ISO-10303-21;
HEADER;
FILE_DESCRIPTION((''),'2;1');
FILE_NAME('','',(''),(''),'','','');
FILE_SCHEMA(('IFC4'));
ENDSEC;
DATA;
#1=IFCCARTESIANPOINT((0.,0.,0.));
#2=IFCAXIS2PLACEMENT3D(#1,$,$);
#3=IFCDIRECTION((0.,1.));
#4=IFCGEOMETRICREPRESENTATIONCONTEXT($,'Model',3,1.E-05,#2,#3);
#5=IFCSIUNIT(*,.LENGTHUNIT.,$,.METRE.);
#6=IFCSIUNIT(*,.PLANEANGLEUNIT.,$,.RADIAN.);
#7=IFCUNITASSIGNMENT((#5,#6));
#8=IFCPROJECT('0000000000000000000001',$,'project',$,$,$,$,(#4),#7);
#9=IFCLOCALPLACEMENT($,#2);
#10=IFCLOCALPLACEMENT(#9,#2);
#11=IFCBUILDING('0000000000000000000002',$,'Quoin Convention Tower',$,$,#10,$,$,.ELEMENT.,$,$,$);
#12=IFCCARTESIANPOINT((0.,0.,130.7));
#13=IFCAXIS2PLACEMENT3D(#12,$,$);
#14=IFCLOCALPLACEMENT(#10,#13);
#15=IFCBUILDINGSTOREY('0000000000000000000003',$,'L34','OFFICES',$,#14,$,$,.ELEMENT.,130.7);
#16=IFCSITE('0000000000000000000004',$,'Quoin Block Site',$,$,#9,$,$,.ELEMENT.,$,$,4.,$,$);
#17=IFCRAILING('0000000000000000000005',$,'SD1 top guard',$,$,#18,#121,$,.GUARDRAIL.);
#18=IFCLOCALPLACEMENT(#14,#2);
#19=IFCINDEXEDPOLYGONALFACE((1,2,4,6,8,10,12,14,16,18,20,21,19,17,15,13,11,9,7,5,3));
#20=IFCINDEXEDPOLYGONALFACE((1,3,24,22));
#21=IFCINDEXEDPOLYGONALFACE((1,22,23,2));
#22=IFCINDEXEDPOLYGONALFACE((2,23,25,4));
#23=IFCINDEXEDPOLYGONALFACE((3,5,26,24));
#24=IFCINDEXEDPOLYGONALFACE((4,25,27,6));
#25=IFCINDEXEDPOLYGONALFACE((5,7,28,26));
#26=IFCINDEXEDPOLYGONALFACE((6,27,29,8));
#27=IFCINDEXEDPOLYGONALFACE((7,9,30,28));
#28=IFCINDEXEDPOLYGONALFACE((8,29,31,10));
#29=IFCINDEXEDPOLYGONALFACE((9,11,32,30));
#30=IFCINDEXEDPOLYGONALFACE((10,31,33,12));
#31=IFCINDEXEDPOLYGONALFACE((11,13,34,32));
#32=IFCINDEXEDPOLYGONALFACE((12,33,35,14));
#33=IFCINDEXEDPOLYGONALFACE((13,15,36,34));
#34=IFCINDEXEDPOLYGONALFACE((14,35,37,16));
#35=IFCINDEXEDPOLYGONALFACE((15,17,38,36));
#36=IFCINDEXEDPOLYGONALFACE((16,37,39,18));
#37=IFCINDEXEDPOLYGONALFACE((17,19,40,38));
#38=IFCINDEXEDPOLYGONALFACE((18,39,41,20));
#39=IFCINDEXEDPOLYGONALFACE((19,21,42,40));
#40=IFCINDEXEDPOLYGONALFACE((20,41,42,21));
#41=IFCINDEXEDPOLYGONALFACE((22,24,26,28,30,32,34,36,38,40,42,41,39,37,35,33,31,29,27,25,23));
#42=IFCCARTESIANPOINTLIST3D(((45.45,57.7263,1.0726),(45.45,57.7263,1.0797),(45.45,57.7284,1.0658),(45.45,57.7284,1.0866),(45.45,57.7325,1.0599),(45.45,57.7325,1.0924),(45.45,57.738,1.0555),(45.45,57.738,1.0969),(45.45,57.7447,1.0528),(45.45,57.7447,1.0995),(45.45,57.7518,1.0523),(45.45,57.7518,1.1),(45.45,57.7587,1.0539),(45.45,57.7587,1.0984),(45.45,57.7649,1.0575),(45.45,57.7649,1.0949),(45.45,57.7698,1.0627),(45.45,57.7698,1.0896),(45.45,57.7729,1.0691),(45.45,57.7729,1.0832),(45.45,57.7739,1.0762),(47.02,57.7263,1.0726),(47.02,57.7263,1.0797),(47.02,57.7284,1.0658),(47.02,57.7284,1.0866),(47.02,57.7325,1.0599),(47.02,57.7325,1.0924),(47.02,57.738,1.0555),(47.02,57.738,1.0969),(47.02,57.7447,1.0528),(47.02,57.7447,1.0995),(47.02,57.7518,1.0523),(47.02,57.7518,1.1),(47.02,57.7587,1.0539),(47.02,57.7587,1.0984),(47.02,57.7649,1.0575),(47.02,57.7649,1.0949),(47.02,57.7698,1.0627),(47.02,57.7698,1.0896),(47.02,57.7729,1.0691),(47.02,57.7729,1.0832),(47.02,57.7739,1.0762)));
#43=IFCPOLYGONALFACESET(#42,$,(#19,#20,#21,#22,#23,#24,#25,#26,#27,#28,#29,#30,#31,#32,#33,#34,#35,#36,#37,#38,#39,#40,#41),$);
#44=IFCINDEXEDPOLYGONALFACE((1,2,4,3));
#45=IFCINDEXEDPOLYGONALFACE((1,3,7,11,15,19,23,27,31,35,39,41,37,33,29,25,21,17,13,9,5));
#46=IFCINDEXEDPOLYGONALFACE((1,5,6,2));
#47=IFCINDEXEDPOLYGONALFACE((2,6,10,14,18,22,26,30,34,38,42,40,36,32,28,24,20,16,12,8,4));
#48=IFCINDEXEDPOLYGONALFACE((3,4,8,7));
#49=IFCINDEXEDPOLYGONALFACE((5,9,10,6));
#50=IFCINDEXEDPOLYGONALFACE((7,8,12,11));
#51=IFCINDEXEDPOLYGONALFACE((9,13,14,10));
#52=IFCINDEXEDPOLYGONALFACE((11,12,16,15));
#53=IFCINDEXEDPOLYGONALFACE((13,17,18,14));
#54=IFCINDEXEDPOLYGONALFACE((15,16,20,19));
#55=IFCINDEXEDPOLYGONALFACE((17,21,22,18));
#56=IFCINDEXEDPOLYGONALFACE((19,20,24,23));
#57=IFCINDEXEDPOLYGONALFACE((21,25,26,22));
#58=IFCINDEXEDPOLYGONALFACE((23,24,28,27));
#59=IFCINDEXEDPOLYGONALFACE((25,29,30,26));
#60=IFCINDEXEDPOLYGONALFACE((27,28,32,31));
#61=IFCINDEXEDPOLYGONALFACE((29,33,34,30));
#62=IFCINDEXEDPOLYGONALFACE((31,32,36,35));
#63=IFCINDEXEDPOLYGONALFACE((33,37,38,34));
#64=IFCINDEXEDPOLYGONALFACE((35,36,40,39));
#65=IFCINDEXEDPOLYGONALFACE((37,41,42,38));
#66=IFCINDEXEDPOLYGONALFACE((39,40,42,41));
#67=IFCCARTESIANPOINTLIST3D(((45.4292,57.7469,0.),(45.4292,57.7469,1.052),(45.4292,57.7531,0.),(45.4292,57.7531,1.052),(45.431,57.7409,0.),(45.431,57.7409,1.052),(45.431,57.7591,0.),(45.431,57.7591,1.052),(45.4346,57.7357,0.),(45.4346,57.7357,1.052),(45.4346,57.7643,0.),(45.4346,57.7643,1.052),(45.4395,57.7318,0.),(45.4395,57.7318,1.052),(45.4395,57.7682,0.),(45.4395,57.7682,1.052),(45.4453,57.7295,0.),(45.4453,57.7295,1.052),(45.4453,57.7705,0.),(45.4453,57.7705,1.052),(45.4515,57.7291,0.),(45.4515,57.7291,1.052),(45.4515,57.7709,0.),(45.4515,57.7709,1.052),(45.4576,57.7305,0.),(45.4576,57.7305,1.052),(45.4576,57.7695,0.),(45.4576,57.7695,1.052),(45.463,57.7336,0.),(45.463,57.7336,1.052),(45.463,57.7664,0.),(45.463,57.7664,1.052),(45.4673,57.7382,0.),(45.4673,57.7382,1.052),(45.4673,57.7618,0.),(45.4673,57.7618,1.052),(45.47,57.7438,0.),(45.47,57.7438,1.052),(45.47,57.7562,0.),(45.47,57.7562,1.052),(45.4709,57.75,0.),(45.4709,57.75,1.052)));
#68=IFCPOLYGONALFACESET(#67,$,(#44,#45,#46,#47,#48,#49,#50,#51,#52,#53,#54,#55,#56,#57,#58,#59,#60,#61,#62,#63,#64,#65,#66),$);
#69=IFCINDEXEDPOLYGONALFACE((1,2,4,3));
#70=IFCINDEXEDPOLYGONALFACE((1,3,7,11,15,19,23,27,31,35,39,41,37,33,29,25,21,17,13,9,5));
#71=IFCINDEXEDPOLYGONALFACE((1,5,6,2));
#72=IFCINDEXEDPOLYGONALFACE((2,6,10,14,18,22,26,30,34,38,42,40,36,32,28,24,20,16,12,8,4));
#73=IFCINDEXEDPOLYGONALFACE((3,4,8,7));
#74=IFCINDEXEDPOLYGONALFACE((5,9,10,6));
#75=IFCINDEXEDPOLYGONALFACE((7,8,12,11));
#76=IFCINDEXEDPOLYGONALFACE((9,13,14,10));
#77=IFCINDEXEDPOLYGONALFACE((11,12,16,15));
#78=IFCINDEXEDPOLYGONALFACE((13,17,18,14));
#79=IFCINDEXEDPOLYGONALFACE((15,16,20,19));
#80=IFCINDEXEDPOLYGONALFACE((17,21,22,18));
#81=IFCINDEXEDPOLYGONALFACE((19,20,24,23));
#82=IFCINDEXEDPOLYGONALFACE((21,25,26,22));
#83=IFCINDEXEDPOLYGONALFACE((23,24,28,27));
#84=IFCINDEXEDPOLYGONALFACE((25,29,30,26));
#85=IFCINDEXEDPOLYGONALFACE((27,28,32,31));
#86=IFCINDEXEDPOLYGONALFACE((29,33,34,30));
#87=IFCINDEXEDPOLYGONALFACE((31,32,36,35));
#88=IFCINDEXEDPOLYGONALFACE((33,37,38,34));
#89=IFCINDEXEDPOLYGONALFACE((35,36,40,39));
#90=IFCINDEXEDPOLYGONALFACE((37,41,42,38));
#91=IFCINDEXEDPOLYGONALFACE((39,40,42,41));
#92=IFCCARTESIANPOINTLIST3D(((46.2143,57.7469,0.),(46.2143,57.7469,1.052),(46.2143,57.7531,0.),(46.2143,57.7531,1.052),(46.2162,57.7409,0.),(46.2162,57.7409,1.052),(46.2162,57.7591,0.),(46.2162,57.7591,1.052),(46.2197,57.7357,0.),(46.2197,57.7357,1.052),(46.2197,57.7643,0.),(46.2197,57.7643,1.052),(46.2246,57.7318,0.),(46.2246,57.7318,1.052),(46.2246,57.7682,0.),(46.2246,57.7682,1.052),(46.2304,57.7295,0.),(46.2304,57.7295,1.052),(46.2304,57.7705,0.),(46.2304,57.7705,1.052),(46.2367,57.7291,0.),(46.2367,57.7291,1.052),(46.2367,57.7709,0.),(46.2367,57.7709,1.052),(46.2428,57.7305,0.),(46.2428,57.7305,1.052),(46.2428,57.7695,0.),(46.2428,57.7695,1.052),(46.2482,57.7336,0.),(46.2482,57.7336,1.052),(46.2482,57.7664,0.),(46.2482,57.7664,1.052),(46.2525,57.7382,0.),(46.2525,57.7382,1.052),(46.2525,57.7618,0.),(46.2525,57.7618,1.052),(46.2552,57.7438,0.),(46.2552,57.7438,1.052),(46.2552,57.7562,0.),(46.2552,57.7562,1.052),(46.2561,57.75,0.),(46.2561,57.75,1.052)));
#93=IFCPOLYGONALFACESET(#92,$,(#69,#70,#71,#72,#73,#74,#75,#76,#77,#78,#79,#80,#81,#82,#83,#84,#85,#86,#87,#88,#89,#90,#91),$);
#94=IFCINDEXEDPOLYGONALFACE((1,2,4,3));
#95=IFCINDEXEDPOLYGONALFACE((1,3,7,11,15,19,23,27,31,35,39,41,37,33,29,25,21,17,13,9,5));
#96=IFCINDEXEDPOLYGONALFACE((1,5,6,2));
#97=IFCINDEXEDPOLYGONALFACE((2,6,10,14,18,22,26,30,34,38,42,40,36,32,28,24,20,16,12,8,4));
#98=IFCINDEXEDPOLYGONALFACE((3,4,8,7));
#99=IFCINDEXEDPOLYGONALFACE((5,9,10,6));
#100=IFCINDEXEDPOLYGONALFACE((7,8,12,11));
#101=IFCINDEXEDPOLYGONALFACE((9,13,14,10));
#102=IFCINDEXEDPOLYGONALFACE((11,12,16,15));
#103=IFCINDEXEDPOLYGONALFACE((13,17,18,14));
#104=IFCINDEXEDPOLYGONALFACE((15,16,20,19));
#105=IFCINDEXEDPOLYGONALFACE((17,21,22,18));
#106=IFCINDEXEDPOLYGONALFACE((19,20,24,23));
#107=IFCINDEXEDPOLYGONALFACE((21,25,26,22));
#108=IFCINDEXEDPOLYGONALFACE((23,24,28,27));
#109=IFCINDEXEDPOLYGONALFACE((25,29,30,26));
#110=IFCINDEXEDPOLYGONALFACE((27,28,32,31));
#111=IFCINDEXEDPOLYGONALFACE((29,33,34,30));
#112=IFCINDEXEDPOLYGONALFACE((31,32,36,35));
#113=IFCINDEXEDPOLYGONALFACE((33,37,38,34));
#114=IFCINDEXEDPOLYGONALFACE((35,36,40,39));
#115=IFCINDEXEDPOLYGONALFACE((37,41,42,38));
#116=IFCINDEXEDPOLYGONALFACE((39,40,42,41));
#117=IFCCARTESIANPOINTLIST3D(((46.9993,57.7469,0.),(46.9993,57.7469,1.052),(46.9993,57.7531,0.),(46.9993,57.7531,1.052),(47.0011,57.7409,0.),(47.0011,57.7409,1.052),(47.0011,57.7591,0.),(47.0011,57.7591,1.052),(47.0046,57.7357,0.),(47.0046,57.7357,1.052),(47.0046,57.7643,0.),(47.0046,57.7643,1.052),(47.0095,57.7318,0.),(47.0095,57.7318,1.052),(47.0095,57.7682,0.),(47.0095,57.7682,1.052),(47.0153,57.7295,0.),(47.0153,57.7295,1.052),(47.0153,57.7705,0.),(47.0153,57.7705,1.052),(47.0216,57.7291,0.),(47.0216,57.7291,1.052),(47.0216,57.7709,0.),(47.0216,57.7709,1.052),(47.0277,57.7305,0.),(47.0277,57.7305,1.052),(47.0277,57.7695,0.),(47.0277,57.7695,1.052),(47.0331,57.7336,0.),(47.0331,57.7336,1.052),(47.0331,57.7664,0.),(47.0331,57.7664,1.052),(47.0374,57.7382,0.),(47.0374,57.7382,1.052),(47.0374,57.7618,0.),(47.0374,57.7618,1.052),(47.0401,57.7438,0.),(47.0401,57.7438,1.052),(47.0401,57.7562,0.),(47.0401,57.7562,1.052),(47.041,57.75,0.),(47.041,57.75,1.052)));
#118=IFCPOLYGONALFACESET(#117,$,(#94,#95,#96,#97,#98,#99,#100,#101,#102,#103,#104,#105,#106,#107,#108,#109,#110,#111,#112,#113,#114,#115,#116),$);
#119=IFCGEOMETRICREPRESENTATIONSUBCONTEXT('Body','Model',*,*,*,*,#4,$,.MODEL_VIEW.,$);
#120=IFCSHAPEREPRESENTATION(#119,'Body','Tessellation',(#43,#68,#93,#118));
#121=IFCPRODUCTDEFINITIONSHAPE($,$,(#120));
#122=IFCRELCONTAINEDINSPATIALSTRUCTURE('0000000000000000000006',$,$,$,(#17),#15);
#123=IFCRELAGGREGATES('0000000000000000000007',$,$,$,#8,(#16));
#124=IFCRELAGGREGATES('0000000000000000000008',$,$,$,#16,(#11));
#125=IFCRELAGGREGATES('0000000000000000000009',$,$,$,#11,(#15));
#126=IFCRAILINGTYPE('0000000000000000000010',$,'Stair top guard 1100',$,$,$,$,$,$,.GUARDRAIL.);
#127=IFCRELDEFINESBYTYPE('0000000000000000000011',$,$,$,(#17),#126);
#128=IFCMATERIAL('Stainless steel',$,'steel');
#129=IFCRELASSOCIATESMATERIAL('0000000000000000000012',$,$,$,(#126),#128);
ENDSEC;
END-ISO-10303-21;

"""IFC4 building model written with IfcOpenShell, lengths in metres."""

from ifc_helpers import new_model, si_unit, direction, frame, origin, origin_2d, place, context, subcontext, project, spatial, circle, extrude, material, type_object, element, save


model = new_model("IFC4")

# Units and contexts
model_context = context("Model", 3, precision=1e-05, world=origin(), true_north=direction((0.0, 1.0)))
body_context = subcontext(model_context, "Body", "Model", "MODEL_VIEW")
ifc_project = project(units=[si_unit("LENGTHUNIT", "METRE"), si_unit("PLANEANGLEUNIT", "RADIAN")], contexts=[model_context])

# Site, building, storey
site_placement = place(None, origin())
site = spatial("IfcSite", under=ifc_project, at=site_placement, Name="Quoin Block Site", CompositionType="ELEMENT", RefElevation=4.0)
building_placement = place(site_placement, origin())
building = spatial("IfcBuilding", under=site, at=building_placement, Name="Quoin Convention Tower", CompositionType="ELEMENT")
storey_placement = place(building_placement, frame((0.0, 0.0, 130.7)))
storey = spatial("IfcBuildingStorey", under=building, at=storey_placement, Name="L34", Description="OFFICES", CompositionType="ELEMENT", Elevation=130.7)

# Railing
ifc_material_1 = material(Name="Stainless steel", Category="steel")
railing_type_1 = type_object("IfcRailingType", Name="Stair top guard 1100", PredefinedType="GUARDRAIL", material=ifc_material_1)
railing_1_placement = place(storey_placement, frame((45.45, 57.75, 0.0)))
element("IfcRailing", 1, at=railing_1_placement, inside=storey, type_object=railing_type_1, Name="SD1 top guard", PredefinedType="GUARDRAIL", context=body_context, shape_type="SweptSolid", body=[
    extrude(circle(Radius=0.0239, at=origin_2d()), frame((0.0, 0.0, 1.0762), z_axis=(1.0, 0.0, 0.0), x_axis=(0.0, 1.0, 0.0)), (0.0, 0.0, 1.0), 1.5701),
    extrude(circle(Radius=0.021, at=origin_2d()), origin(), (0.0, 0.0, 1.0), 1.052),
    extrude(circle(Radius=0.021, at=origin_2d()), frame((0.7852, 0.0, 0.0)), (0.0, 0.0, 1.0), 1.052),
    extrude(circle(Radius=0.021, at=origin_2d()), frame((1.5701, 0.0, 0.0)), (0.0, 0.0, 1.0), 1.052),
])

save(model, "model.ifc")
